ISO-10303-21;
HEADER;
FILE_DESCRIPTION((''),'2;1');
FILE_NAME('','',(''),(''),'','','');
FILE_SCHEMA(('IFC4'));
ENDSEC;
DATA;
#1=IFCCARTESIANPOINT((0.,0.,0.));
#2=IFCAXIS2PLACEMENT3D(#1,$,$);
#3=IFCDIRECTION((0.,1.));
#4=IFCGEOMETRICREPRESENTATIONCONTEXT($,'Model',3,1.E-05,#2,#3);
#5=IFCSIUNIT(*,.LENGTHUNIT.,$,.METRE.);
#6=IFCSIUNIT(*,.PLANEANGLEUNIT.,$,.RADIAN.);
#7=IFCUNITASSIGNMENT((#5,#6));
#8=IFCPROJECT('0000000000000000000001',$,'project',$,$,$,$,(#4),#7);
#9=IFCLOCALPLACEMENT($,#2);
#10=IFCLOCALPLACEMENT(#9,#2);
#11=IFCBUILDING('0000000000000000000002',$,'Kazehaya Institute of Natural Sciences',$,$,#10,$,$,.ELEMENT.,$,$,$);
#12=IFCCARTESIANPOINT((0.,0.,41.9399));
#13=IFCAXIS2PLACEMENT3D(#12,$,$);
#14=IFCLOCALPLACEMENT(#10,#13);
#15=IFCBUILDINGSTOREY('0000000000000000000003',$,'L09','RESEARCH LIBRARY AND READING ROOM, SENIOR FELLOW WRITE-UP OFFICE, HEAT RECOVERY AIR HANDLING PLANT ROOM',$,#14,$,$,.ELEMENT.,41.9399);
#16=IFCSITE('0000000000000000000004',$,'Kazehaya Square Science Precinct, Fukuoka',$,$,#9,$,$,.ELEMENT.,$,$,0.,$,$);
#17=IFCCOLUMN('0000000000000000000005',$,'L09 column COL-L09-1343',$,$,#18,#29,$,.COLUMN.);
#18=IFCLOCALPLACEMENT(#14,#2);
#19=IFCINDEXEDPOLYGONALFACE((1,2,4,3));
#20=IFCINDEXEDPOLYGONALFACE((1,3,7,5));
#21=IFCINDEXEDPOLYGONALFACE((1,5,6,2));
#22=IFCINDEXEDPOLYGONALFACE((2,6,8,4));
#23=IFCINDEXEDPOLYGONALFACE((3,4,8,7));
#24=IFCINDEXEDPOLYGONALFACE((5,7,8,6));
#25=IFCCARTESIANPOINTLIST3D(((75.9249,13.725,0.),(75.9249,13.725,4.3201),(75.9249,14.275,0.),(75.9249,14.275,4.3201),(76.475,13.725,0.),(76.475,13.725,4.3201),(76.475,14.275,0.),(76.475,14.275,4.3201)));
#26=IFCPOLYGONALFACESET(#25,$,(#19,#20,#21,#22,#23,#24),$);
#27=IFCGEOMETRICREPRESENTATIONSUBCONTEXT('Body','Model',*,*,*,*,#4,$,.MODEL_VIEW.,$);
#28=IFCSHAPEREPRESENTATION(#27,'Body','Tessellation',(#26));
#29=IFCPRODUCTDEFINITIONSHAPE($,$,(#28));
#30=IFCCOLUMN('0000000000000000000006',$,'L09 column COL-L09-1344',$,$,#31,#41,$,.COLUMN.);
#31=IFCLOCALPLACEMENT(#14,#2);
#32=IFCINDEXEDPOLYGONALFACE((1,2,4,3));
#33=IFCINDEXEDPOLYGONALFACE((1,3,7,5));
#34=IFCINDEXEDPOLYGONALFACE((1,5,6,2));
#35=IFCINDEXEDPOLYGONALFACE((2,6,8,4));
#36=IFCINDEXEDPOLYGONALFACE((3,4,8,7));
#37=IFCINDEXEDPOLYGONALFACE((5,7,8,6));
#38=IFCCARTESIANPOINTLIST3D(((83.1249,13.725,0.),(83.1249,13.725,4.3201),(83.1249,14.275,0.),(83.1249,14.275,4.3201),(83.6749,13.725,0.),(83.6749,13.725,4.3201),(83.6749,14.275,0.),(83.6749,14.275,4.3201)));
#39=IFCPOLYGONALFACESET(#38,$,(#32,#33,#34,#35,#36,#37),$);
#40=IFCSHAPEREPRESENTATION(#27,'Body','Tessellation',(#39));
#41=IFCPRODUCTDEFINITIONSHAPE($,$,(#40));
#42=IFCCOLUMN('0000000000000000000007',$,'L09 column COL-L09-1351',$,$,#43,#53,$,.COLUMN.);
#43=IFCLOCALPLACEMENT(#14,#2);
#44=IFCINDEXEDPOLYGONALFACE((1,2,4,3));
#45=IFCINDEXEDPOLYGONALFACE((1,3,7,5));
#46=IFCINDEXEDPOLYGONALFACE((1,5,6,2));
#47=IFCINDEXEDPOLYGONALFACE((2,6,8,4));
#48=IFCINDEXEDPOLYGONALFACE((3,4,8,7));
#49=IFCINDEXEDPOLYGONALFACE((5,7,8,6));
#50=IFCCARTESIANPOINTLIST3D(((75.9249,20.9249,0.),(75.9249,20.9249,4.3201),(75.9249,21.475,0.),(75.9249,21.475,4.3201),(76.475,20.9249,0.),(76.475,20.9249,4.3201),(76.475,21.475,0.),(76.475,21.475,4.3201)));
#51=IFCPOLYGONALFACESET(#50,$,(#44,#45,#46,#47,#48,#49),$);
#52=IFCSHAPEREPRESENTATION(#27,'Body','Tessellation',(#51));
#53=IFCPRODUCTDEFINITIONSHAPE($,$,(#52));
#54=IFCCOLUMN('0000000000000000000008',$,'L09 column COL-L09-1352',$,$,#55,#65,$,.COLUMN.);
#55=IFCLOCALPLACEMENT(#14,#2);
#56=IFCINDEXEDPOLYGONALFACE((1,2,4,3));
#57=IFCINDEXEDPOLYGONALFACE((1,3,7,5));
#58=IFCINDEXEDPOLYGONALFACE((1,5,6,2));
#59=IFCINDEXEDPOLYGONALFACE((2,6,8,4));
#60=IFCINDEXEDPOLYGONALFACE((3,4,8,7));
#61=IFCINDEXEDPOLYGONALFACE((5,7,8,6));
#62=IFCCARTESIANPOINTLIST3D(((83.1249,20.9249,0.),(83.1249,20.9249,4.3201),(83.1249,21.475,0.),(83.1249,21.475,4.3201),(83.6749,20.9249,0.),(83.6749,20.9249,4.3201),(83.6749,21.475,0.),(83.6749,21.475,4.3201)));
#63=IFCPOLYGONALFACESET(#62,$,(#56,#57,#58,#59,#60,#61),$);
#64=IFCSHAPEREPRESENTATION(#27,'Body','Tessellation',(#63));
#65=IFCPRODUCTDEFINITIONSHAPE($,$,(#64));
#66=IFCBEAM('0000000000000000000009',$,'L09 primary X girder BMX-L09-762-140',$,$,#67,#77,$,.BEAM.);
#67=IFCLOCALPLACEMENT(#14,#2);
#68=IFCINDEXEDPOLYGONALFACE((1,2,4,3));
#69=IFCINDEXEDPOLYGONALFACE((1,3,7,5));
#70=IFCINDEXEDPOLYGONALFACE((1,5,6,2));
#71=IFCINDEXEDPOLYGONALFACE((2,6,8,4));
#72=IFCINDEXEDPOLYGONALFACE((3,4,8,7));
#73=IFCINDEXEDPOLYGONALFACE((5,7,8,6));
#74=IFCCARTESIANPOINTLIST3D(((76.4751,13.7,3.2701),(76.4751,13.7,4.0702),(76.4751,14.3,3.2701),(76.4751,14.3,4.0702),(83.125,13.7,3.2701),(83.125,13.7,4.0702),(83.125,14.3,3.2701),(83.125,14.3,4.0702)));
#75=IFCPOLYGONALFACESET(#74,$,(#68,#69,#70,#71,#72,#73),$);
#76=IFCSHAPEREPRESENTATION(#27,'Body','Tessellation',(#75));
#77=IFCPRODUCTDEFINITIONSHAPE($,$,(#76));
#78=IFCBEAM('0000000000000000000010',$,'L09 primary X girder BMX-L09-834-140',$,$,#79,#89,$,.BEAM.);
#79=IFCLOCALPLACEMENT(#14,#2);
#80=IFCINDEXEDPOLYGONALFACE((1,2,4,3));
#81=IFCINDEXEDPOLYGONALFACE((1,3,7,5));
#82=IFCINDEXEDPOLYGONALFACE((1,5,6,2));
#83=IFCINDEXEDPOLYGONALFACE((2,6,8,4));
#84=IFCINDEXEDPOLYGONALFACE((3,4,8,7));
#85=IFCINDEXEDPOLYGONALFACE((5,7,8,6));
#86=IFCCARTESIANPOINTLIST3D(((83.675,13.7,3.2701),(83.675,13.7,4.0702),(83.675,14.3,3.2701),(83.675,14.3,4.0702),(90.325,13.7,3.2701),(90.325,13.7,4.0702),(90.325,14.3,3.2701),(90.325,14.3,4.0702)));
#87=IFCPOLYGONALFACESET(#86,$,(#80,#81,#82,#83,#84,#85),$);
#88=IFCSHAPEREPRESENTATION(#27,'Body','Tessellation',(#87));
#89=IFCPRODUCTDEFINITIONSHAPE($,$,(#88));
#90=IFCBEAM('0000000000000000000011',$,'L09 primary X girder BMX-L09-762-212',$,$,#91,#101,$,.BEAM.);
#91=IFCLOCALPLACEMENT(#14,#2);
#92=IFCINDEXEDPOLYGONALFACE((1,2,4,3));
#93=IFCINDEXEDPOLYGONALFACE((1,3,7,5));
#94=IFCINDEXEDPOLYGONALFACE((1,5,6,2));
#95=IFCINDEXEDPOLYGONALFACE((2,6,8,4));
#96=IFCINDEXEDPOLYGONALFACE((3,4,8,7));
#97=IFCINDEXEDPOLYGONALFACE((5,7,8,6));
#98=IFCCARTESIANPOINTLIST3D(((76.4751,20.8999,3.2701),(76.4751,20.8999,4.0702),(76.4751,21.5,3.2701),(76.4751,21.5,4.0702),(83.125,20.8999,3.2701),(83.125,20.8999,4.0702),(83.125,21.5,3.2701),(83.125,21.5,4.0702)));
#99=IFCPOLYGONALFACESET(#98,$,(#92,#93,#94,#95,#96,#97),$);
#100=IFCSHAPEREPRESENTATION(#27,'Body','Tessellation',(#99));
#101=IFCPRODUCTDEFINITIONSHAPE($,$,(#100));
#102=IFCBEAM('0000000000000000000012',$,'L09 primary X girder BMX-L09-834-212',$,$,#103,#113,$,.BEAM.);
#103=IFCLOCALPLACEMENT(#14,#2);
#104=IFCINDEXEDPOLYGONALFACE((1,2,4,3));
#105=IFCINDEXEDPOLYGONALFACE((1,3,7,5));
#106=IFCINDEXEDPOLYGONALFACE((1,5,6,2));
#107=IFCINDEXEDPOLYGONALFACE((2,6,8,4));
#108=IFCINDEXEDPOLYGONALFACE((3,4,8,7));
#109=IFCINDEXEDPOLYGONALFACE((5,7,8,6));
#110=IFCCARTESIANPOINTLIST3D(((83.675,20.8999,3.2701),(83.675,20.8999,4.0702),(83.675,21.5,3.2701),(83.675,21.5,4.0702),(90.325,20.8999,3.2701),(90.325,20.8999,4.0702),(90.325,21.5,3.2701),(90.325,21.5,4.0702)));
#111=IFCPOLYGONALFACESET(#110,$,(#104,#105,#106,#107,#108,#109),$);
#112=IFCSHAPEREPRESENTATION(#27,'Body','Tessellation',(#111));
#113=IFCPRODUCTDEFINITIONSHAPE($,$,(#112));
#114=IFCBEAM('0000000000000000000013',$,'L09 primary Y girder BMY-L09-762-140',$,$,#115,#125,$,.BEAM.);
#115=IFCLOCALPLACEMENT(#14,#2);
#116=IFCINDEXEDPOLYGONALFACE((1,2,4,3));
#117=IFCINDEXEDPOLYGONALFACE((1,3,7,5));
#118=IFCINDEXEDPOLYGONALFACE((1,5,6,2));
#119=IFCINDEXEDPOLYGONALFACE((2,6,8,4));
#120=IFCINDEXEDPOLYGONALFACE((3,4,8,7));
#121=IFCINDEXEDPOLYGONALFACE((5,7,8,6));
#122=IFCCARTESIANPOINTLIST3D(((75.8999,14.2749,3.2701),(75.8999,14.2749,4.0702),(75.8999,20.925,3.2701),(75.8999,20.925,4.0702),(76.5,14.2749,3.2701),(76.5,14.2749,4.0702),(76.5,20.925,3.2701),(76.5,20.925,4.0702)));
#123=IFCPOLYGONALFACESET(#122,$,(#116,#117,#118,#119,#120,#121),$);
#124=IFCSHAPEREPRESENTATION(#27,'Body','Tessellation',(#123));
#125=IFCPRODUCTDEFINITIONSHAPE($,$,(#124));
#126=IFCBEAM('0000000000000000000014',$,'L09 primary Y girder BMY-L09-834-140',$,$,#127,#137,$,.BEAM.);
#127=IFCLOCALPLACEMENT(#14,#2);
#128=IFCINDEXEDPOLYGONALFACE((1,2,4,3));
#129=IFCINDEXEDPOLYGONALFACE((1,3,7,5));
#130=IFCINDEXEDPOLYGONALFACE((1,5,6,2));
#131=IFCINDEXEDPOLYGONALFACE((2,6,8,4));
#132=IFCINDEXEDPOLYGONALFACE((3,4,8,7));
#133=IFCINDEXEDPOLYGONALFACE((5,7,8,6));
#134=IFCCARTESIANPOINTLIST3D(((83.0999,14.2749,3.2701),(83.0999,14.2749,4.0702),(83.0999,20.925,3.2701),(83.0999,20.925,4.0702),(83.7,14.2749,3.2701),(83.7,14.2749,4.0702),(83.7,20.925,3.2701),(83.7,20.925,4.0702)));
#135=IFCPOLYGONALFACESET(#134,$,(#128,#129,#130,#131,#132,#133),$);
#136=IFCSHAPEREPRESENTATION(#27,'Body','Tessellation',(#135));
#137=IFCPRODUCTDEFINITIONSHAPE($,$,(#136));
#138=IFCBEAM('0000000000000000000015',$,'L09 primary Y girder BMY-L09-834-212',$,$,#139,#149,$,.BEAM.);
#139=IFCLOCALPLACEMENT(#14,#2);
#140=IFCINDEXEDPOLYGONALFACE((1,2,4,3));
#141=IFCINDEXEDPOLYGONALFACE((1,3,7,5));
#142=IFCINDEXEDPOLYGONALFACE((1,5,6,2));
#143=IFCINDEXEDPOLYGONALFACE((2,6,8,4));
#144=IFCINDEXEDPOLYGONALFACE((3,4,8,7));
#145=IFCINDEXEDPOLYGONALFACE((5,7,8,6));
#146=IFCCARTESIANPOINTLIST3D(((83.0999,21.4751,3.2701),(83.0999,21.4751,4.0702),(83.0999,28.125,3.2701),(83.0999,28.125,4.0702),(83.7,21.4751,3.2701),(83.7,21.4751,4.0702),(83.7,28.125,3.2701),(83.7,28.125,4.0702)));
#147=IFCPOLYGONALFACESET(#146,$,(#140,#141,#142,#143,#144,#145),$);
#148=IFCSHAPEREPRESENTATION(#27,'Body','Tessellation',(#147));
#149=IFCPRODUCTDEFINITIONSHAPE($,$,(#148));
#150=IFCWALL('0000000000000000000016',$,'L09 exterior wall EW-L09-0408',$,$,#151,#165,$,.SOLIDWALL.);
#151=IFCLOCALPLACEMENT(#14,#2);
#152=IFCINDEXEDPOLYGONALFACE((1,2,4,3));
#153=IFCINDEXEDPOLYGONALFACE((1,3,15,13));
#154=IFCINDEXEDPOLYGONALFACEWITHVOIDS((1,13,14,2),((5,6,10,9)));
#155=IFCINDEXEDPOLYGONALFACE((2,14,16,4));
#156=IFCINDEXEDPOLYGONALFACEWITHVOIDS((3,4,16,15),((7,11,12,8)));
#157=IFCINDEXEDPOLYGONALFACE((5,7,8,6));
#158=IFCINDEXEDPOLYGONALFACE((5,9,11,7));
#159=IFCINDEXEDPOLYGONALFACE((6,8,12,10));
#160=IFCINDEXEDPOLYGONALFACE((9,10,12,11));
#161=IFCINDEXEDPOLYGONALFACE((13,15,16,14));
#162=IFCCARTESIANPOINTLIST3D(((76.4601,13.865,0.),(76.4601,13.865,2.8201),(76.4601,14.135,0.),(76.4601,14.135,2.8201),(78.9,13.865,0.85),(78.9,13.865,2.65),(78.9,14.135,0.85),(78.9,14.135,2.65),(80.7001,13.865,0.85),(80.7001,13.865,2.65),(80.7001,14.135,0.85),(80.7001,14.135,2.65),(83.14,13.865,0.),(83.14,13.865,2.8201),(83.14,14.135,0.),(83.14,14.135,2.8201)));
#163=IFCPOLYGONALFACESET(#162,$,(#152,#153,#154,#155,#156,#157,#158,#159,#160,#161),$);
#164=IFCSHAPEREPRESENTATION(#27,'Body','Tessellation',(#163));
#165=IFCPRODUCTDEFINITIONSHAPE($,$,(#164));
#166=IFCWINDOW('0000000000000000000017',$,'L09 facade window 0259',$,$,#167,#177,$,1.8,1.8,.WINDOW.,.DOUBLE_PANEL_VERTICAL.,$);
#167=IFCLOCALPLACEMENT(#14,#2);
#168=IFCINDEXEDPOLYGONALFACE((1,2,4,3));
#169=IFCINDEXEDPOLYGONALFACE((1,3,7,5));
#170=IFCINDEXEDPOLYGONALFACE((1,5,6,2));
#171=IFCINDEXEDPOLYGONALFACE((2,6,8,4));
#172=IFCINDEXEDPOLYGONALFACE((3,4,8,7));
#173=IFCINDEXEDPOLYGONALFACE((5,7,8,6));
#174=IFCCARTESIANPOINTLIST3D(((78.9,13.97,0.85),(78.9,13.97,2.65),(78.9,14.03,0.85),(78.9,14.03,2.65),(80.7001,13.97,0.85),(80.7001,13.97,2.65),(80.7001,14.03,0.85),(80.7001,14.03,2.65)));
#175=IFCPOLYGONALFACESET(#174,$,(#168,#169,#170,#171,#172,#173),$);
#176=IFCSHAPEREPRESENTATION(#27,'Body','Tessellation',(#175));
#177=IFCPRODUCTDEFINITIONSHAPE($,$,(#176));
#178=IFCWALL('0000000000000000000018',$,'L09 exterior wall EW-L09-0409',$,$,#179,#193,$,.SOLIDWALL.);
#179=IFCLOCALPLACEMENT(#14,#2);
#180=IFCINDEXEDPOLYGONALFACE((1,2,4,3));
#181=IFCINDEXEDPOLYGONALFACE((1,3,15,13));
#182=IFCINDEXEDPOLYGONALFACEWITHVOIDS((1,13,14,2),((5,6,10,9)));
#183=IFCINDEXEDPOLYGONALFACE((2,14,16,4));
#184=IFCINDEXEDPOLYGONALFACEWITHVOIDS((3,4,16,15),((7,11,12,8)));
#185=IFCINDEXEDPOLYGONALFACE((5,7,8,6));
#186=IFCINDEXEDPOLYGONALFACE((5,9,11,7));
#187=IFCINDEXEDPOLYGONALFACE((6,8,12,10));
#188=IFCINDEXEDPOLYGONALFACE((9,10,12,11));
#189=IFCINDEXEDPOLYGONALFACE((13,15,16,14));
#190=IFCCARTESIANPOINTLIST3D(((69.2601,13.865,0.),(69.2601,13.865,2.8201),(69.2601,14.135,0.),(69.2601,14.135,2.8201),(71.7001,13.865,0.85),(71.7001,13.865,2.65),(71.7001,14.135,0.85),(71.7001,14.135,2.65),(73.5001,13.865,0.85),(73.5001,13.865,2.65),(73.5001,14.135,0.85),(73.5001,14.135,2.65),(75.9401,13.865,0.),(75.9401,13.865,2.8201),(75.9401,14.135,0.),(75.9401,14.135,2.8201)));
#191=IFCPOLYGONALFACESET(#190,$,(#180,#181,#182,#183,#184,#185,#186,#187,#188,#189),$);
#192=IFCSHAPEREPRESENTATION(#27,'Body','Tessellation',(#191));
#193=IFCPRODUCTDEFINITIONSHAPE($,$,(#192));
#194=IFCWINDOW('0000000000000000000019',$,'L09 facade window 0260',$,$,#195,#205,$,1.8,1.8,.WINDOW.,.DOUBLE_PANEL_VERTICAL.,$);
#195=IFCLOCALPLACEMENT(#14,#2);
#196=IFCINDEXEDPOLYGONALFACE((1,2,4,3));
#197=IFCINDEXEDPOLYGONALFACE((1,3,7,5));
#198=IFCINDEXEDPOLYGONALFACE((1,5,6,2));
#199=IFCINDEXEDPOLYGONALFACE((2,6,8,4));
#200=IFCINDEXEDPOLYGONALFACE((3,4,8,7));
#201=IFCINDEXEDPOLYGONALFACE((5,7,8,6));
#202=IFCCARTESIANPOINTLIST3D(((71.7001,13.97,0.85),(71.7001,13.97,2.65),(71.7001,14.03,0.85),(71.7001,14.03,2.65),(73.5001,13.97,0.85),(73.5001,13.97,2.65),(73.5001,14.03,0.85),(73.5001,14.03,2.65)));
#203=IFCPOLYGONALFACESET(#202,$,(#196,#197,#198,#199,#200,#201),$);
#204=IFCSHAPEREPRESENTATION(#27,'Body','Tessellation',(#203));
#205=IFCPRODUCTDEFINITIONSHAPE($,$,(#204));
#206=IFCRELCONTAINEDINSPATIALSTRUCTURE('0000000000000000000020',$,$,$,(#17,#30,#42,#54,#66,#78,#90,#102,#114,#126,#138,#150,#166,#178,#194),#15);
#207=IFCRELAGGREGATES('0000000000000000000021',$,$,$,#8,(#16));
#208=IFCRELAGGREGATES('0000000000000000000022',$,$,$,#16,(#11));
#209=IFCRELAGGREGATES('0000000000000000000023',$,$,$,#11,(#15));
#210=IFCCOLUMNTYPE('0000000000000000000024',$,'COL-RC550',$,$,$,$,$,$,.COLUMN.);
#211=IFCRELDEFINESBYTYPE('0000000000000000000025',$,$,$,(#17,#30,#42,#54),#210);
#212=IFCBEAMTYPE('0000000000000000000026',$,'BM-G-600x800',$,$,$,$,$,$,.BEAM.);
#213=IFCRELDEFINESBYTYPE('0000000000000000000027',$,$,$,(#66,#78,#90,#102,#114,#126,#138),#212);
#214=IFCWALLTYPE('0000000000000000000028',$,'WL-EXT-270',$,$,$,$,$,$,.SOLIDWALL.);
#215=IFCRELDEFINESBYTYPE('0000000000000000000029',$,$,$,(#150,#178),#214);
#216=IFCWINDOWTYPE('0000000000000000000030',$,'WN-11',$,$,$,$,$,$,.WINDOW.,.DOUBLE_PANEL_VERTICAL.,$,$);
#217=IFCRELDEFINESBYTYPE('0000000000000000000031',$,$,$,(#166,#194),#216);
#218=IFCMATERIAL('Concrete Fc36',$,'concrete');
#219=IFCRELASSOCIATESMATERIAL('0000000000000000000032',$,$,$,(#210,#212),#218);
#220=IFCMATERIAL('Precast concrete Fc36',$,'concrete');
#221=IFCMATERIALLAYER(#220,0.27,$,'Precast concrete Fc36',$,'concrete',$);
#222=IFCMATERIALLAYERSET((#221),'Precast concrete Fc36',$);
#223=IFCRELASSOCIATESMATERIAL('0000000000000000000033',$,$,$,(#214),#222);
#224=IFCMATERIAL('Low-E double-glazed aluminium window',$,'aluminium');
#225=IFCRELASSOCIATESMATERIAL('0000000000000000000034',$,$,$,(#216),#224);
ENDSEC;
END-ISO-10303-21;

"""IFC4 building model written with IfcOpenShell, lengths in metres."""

from ifc_helpers import new_model, si_unit, direction, frame, frame_2d, origin, origin_2d, place, context, subcontext, project, spatial, rectangle, extrude, material, layer, layer_set, material_profile, profile_set, type_object, element, fill, save


model = new_model("IFC4")

# Units and contexts
model_context = context("Model", 3, precision=1e-05, world=origin(), true_north=direction((0.0, 1.0)))
body_context = subcontext(model_context, "Body", "Model", "MODEL_VIEW")
ifc_project = project(units=[si_unit("LENGTHUNIT", "METRE"), si_unit("PLANEANGLEUNIT", "RADIAN")], contexts=[model_context])

# Site, building, storey
site_placement = place(None, origin())
site = spatial("IfcSite", under=ifc_project, at=site_placement, Name="Kazehaya Square Science Precinct, Fukuoka", CompositionType="ELEMENT", RefElevation=0.0)
building_placement = place(site_placement, origin())
building = spatial("IfcBuilding", under=site, at=building_placement, Name="Kazehaya Institute of Natural Sciences", CompositionType="ELEMENT")
storey_placement = place(building_placement, frame((0.0, 0.0, 41.9399)))
storey = spatial("IfcBuildingStorey", under=building, at=storey_placement, Name="L09", Description="RESEARCH LIBRARY AND READING ROOM, SENIOR FELLOW WRITE-UP OFFICE, HEAT RECOVERY AIR HANDLING PLANT ROOM", CompositionType="ELEMENT", Elevation=41.9399)

# Columns
ifc_material_1 = material(Name="Concrete Fc36", Category="concrete")
ifc_material_profile_1 = material_profile(ifc_material_1, rectangle(XDim=0.55, YDim=0.55, at=origin_2d()), Name="RC-550x550")
ifc_profile_set_1 = profile_set([ifc_material_profile_1], Name="Concrete Fc36")
column_type = type_object("IfcColumnType", Name="COL-RC550", PredefinedType="COLUMN", material=ifc_profile_set_1)
for number, where, z_axis, x_axis, name in (
    (1, (76.2, 14.0, 0.0), (0.0, 0.0, 1.0), (1.0, 0.0, 0.0), "L09 column COL-L09-1343"),
    (2, (83.3999, 14.0, 0.0), (0.0, 0.0, 1.0), (1.0, 0.0, 0.0), "L09 column COL-L09-1344"),
    (3, (76.2, 21.2, 0.0), (0.0, 0.0, 1.0), (1.0, 0.0, 0.0), "L09 column COL-L09-1351"),
    (4, (83.3999, 21.2, 0.0), (0.0, 0.0, 1.0), (1.0, 0.0, 0.0), "L09 column COL-L09-1352"),
):
    element("IfcColumn", number, at=place(storey_placement, frame(where, z_axis=z_axis, x_axis=x_axis)), inside=storey, type_object=column_type, Name=name, PredefinedType="COLUMN", context=body_context, shape_type="SweptSolid", body=[
        extrude(rectangle(XDim=0.55, YDim=0.55, at=origin_2d()), origin(), (0.0, 0.0, 1.0), 4.3201),
    ])

# Beams
ifc_material_profile_2 = material_profile(ifc_material_1, rectangle(XDim=0.6001, YDim=0.8, at=origin_2d()), Name="RC-600x800")
ifc_profile_set_2 = profile_set([ifc_material_profile_2], Name="Concrete Fc36")
beam_type = type_object("IfcBeamType", Name="BM-G-600x800", PredefinedType="BEAM", material=ifc_profile_set_2)
for number, where, z_axis, x_axis, name in (
    (5, (76.4751, 14.0, 3.6702), (1.0, 0.0, 0.0), (0.0, 1.0, 0.0), "L09 primary X girder BMX-L09-762-140"),
    (6, (83.675, 14.0, 3.6702), (1.0, 0.0, 0.0), (0.0, 1.0, 0.0), "L09 primary X girder BMX-L09-834-140"),
    (7, (76.4751, 21.2, 3.6702), (1.0, 0.0, 0.0), (0.0, 1.0, 0.0), "L09 primary X girder BMX-L09-762-212"),
    (8, (83.675, 21.2, 3.6702), (1.0, 0.0, 0.0), (0.0, 1.0, 0.0), "L09 primary X girder BMX-L09-834-212"),
):
    element("IfcBeam", number, at=place(storey_placement, frame(where, z_axis=z_axis, x_axis=x_axis)), inside=storey, type_object=beam_type, Name=name, PredefinedType="BEAM", context=body_context, shape_type="SweptSolid", body=[
        extrude(rectangle(XDim=0.6001, YDim=0.8, at=origin_2d()), origin(), (0.0, 0.0, 1.0), 6.6499),
    ])
for number, where, z_axis, x_axis, name in (
    (9, (76.2, 14.2749, 3.6702), (0.0, 1.0, 0.0), (-1.0, 0.0, 0.0), "L09 primary Y girder BMY-L09-762-140"),
    (10, (83.3999, 14.2749, 3.6702), (0.0, 1.0, 0.0), (-1.0, 0.0, 0.0), "L09 primary Y girder BMY-L09-834-140"),
):
    element("IfcBeam", number, at=place(storey_placement, frame(where, z_axis=z_axis, x_axis=x_axis)), inside=storey, type_object=beam_type, Name=name, PredefinedType="BEAM", context=body_context, shape_type="SweptSolid", body=[
        extrude(rectangle(XDim=0.6001, YDim=0.8, at=origin_2d()), origin(), (0.0, 0.0, 1.0), 6.6501),
    ])
beam_placement = place(storey_placement, frame((83.3999, 21.4751, 3.6702), z_axis=(0.0, 1.0, 0.0), x_axis=(-1.0, 0.0, 0.0)))
element("IfcBeam", 11, at=beam_placement, inside=storey, type_object=beam_type, Name="L09 primary Y girder BMY-L09-834-212", PredefinedType="BEAM", context=body_context, shape_type="SweptSolid", body=[
    extrude(rectangle(XDim=0.6001, YDim=0.8, at=origin_2d()), origin(), (0.0, 0.0, 1.0), 6.6499),
])

# Walls, openings, windows
ifc_material_2 = material(Name="Precast concrete Fc36", Category="concrete")
ifc_layer_1 = layer(ifc_material_2, 0.27, Name="Precast concrete Fc36", Category="concrete")
ifc_layer_set_1 = layer_set([ifc_layer_1], Name="Precast concrete Fc36")
wall_type_1 = type_object("IfcWallType", Name="WL-EXT-270", PredefinedType="SOLIDWALL", material=ifc_layer_set_1)
wall_1_placement = place(storey_placement, frame((83.1399, 14.0, 0.0), z_axis=(0.0, 0.0, 1.0), x_axis=(-1.0, 0.0, 0.0)))
wall_1 = element("IfcWall", 12, at=wall_1_placement, inside=storey, type_object=wall_type_1, Name="L09 exterior wall EW-L09-0408", PredefinedType="SOLIDWALL", context=body_context, shape_type="SweptSolid", body=[
    extrude(rectangle(XDim=6.6799, YDim=0.27, at=frame_2d((3.3398, 0.0))), origin(), (0.0, 0.0, 1.0), 2.8201),
])
opening_1_placement = place(wall_1_placement, frame((2.4399, 0.0, 0.8501)))
opening_1 = element("IfcOpeningElement", 13, at=opening_1_placement, cuts=wall_1, PredefinedType="OPENING", context=body_context, shape_type="SweptSolid", body=[
    extrude(rectangle(XDim=1.8, YDim=1.8, at=frame_2d((0.8999, 0.8999))), frame((0.0, 0.145, 0.0), z_axis=(0.0, -1.0, 0.0), x_axis=(1.0, 0.0, 0.0)), (0.0, 0.0, 1.0), 0.29),
])
ifc_material_3 = material(Name="Low-E double-glazed aluminium window", Category="aluminium")
window_type = type_object("IfcWindowType", Name="WN-11", PartitioningType="DOUBLE_PANEL_VERTICAL", PredefinedType="WINDOW", material=ifc_material_3)
window_1_placement = place(opening_1_placement, origin())
window_1 = element("IfcWindow", 14, at=window_1_placement, inside=storey, type_object=window_type, Name="L09 facade window 0259", OverallHeight=1.8, OverallWidth=1.8, PartitioningType="DOUBLE_PANEL_VERTICAL", PredefinedType="WINDOW", context=body_context, shape_type="SweptSolid", body=[
    extrude(rectangle(XDim=1.8, YDim=1.8, at=frame_2d((0.8999, 0.8999))), frame((0.0, 0.03, 0.0), z_axis=(0.0, -1.0, 0.0), x_axis=(1.0, 0.0, 0.0)), (0.0, 0.0, 1.0), 0.0601),
])
fill(opening_1, window_1)
wall_2_placement = place(storey_placement, frame((75.9399, 14.0, 0.0), z_axis=(0.0, 0.0, 1.0), x_axis=(-1.0, 0.0, 0.0)))
wall_2 = element("IfcWall", 15, at=wall_2_placement, inside=storey, type_object=wall_type_1, Name="L09 exterior wall EW-L09-0409", PredefinedType="SOLIDWALL", context=body_context, shape_type="SweptSolid", body=[
    extrude(rectangle(XDim=6.6799, YDim=0.27, at=frame_2d((3.3398, 0.0))), origin(), (0.0, 0.0, 1.0), 2.8201),
])
opening_2_placement = place(wall_2_placement, frame((2.4399, 0.0, 0.8501)))
opening_2 = element("IfcOpeningElement", 16, at=opening_2_placement, cuts=wall_2, PredefinedType="OPENING", context=body_context, shape_type="SweptSolid", body=[
    extrude(rectangle(XDim=1.8, YDim=1.8, at=frame_2d((0.8999, 0.8999))), frame((0.0, 0.145, 0.0), z_axis=(0.0, -1.0, 0.0), x_axis=(1.0, 0.0, 0.0)), (0.0, 0.0, 1.0), 0.29),
])
window_2_placement = place(opening_2_placement, origin())
window_2 = element("IfcWindow", 17, at=window_2_placement, inside=storey, type_object=window_type, Name="L09 facade window 0260", OverallHeight=1.8, OverallWidth=1.8, PartitioningType="DOUBLE_PANEL_VERTICAL", PredefinedType="WINDOW", context=body_context, shape_type="SweptSolid", body=[
    extrude(rectangle(XDim=1.8, YDim=1.8, at=frame_2d((0.8999, 0.8999))), frame((0.0, 0.03, 0.0), z_axis=(0.0, -1.0, 0.0), x_axis=(1.0, 0.0, 0.0)), (0.0, 0.0, 1.0), 0.0601),
])
fill(opening_2, window_2)

save(model, "model.ifc")
